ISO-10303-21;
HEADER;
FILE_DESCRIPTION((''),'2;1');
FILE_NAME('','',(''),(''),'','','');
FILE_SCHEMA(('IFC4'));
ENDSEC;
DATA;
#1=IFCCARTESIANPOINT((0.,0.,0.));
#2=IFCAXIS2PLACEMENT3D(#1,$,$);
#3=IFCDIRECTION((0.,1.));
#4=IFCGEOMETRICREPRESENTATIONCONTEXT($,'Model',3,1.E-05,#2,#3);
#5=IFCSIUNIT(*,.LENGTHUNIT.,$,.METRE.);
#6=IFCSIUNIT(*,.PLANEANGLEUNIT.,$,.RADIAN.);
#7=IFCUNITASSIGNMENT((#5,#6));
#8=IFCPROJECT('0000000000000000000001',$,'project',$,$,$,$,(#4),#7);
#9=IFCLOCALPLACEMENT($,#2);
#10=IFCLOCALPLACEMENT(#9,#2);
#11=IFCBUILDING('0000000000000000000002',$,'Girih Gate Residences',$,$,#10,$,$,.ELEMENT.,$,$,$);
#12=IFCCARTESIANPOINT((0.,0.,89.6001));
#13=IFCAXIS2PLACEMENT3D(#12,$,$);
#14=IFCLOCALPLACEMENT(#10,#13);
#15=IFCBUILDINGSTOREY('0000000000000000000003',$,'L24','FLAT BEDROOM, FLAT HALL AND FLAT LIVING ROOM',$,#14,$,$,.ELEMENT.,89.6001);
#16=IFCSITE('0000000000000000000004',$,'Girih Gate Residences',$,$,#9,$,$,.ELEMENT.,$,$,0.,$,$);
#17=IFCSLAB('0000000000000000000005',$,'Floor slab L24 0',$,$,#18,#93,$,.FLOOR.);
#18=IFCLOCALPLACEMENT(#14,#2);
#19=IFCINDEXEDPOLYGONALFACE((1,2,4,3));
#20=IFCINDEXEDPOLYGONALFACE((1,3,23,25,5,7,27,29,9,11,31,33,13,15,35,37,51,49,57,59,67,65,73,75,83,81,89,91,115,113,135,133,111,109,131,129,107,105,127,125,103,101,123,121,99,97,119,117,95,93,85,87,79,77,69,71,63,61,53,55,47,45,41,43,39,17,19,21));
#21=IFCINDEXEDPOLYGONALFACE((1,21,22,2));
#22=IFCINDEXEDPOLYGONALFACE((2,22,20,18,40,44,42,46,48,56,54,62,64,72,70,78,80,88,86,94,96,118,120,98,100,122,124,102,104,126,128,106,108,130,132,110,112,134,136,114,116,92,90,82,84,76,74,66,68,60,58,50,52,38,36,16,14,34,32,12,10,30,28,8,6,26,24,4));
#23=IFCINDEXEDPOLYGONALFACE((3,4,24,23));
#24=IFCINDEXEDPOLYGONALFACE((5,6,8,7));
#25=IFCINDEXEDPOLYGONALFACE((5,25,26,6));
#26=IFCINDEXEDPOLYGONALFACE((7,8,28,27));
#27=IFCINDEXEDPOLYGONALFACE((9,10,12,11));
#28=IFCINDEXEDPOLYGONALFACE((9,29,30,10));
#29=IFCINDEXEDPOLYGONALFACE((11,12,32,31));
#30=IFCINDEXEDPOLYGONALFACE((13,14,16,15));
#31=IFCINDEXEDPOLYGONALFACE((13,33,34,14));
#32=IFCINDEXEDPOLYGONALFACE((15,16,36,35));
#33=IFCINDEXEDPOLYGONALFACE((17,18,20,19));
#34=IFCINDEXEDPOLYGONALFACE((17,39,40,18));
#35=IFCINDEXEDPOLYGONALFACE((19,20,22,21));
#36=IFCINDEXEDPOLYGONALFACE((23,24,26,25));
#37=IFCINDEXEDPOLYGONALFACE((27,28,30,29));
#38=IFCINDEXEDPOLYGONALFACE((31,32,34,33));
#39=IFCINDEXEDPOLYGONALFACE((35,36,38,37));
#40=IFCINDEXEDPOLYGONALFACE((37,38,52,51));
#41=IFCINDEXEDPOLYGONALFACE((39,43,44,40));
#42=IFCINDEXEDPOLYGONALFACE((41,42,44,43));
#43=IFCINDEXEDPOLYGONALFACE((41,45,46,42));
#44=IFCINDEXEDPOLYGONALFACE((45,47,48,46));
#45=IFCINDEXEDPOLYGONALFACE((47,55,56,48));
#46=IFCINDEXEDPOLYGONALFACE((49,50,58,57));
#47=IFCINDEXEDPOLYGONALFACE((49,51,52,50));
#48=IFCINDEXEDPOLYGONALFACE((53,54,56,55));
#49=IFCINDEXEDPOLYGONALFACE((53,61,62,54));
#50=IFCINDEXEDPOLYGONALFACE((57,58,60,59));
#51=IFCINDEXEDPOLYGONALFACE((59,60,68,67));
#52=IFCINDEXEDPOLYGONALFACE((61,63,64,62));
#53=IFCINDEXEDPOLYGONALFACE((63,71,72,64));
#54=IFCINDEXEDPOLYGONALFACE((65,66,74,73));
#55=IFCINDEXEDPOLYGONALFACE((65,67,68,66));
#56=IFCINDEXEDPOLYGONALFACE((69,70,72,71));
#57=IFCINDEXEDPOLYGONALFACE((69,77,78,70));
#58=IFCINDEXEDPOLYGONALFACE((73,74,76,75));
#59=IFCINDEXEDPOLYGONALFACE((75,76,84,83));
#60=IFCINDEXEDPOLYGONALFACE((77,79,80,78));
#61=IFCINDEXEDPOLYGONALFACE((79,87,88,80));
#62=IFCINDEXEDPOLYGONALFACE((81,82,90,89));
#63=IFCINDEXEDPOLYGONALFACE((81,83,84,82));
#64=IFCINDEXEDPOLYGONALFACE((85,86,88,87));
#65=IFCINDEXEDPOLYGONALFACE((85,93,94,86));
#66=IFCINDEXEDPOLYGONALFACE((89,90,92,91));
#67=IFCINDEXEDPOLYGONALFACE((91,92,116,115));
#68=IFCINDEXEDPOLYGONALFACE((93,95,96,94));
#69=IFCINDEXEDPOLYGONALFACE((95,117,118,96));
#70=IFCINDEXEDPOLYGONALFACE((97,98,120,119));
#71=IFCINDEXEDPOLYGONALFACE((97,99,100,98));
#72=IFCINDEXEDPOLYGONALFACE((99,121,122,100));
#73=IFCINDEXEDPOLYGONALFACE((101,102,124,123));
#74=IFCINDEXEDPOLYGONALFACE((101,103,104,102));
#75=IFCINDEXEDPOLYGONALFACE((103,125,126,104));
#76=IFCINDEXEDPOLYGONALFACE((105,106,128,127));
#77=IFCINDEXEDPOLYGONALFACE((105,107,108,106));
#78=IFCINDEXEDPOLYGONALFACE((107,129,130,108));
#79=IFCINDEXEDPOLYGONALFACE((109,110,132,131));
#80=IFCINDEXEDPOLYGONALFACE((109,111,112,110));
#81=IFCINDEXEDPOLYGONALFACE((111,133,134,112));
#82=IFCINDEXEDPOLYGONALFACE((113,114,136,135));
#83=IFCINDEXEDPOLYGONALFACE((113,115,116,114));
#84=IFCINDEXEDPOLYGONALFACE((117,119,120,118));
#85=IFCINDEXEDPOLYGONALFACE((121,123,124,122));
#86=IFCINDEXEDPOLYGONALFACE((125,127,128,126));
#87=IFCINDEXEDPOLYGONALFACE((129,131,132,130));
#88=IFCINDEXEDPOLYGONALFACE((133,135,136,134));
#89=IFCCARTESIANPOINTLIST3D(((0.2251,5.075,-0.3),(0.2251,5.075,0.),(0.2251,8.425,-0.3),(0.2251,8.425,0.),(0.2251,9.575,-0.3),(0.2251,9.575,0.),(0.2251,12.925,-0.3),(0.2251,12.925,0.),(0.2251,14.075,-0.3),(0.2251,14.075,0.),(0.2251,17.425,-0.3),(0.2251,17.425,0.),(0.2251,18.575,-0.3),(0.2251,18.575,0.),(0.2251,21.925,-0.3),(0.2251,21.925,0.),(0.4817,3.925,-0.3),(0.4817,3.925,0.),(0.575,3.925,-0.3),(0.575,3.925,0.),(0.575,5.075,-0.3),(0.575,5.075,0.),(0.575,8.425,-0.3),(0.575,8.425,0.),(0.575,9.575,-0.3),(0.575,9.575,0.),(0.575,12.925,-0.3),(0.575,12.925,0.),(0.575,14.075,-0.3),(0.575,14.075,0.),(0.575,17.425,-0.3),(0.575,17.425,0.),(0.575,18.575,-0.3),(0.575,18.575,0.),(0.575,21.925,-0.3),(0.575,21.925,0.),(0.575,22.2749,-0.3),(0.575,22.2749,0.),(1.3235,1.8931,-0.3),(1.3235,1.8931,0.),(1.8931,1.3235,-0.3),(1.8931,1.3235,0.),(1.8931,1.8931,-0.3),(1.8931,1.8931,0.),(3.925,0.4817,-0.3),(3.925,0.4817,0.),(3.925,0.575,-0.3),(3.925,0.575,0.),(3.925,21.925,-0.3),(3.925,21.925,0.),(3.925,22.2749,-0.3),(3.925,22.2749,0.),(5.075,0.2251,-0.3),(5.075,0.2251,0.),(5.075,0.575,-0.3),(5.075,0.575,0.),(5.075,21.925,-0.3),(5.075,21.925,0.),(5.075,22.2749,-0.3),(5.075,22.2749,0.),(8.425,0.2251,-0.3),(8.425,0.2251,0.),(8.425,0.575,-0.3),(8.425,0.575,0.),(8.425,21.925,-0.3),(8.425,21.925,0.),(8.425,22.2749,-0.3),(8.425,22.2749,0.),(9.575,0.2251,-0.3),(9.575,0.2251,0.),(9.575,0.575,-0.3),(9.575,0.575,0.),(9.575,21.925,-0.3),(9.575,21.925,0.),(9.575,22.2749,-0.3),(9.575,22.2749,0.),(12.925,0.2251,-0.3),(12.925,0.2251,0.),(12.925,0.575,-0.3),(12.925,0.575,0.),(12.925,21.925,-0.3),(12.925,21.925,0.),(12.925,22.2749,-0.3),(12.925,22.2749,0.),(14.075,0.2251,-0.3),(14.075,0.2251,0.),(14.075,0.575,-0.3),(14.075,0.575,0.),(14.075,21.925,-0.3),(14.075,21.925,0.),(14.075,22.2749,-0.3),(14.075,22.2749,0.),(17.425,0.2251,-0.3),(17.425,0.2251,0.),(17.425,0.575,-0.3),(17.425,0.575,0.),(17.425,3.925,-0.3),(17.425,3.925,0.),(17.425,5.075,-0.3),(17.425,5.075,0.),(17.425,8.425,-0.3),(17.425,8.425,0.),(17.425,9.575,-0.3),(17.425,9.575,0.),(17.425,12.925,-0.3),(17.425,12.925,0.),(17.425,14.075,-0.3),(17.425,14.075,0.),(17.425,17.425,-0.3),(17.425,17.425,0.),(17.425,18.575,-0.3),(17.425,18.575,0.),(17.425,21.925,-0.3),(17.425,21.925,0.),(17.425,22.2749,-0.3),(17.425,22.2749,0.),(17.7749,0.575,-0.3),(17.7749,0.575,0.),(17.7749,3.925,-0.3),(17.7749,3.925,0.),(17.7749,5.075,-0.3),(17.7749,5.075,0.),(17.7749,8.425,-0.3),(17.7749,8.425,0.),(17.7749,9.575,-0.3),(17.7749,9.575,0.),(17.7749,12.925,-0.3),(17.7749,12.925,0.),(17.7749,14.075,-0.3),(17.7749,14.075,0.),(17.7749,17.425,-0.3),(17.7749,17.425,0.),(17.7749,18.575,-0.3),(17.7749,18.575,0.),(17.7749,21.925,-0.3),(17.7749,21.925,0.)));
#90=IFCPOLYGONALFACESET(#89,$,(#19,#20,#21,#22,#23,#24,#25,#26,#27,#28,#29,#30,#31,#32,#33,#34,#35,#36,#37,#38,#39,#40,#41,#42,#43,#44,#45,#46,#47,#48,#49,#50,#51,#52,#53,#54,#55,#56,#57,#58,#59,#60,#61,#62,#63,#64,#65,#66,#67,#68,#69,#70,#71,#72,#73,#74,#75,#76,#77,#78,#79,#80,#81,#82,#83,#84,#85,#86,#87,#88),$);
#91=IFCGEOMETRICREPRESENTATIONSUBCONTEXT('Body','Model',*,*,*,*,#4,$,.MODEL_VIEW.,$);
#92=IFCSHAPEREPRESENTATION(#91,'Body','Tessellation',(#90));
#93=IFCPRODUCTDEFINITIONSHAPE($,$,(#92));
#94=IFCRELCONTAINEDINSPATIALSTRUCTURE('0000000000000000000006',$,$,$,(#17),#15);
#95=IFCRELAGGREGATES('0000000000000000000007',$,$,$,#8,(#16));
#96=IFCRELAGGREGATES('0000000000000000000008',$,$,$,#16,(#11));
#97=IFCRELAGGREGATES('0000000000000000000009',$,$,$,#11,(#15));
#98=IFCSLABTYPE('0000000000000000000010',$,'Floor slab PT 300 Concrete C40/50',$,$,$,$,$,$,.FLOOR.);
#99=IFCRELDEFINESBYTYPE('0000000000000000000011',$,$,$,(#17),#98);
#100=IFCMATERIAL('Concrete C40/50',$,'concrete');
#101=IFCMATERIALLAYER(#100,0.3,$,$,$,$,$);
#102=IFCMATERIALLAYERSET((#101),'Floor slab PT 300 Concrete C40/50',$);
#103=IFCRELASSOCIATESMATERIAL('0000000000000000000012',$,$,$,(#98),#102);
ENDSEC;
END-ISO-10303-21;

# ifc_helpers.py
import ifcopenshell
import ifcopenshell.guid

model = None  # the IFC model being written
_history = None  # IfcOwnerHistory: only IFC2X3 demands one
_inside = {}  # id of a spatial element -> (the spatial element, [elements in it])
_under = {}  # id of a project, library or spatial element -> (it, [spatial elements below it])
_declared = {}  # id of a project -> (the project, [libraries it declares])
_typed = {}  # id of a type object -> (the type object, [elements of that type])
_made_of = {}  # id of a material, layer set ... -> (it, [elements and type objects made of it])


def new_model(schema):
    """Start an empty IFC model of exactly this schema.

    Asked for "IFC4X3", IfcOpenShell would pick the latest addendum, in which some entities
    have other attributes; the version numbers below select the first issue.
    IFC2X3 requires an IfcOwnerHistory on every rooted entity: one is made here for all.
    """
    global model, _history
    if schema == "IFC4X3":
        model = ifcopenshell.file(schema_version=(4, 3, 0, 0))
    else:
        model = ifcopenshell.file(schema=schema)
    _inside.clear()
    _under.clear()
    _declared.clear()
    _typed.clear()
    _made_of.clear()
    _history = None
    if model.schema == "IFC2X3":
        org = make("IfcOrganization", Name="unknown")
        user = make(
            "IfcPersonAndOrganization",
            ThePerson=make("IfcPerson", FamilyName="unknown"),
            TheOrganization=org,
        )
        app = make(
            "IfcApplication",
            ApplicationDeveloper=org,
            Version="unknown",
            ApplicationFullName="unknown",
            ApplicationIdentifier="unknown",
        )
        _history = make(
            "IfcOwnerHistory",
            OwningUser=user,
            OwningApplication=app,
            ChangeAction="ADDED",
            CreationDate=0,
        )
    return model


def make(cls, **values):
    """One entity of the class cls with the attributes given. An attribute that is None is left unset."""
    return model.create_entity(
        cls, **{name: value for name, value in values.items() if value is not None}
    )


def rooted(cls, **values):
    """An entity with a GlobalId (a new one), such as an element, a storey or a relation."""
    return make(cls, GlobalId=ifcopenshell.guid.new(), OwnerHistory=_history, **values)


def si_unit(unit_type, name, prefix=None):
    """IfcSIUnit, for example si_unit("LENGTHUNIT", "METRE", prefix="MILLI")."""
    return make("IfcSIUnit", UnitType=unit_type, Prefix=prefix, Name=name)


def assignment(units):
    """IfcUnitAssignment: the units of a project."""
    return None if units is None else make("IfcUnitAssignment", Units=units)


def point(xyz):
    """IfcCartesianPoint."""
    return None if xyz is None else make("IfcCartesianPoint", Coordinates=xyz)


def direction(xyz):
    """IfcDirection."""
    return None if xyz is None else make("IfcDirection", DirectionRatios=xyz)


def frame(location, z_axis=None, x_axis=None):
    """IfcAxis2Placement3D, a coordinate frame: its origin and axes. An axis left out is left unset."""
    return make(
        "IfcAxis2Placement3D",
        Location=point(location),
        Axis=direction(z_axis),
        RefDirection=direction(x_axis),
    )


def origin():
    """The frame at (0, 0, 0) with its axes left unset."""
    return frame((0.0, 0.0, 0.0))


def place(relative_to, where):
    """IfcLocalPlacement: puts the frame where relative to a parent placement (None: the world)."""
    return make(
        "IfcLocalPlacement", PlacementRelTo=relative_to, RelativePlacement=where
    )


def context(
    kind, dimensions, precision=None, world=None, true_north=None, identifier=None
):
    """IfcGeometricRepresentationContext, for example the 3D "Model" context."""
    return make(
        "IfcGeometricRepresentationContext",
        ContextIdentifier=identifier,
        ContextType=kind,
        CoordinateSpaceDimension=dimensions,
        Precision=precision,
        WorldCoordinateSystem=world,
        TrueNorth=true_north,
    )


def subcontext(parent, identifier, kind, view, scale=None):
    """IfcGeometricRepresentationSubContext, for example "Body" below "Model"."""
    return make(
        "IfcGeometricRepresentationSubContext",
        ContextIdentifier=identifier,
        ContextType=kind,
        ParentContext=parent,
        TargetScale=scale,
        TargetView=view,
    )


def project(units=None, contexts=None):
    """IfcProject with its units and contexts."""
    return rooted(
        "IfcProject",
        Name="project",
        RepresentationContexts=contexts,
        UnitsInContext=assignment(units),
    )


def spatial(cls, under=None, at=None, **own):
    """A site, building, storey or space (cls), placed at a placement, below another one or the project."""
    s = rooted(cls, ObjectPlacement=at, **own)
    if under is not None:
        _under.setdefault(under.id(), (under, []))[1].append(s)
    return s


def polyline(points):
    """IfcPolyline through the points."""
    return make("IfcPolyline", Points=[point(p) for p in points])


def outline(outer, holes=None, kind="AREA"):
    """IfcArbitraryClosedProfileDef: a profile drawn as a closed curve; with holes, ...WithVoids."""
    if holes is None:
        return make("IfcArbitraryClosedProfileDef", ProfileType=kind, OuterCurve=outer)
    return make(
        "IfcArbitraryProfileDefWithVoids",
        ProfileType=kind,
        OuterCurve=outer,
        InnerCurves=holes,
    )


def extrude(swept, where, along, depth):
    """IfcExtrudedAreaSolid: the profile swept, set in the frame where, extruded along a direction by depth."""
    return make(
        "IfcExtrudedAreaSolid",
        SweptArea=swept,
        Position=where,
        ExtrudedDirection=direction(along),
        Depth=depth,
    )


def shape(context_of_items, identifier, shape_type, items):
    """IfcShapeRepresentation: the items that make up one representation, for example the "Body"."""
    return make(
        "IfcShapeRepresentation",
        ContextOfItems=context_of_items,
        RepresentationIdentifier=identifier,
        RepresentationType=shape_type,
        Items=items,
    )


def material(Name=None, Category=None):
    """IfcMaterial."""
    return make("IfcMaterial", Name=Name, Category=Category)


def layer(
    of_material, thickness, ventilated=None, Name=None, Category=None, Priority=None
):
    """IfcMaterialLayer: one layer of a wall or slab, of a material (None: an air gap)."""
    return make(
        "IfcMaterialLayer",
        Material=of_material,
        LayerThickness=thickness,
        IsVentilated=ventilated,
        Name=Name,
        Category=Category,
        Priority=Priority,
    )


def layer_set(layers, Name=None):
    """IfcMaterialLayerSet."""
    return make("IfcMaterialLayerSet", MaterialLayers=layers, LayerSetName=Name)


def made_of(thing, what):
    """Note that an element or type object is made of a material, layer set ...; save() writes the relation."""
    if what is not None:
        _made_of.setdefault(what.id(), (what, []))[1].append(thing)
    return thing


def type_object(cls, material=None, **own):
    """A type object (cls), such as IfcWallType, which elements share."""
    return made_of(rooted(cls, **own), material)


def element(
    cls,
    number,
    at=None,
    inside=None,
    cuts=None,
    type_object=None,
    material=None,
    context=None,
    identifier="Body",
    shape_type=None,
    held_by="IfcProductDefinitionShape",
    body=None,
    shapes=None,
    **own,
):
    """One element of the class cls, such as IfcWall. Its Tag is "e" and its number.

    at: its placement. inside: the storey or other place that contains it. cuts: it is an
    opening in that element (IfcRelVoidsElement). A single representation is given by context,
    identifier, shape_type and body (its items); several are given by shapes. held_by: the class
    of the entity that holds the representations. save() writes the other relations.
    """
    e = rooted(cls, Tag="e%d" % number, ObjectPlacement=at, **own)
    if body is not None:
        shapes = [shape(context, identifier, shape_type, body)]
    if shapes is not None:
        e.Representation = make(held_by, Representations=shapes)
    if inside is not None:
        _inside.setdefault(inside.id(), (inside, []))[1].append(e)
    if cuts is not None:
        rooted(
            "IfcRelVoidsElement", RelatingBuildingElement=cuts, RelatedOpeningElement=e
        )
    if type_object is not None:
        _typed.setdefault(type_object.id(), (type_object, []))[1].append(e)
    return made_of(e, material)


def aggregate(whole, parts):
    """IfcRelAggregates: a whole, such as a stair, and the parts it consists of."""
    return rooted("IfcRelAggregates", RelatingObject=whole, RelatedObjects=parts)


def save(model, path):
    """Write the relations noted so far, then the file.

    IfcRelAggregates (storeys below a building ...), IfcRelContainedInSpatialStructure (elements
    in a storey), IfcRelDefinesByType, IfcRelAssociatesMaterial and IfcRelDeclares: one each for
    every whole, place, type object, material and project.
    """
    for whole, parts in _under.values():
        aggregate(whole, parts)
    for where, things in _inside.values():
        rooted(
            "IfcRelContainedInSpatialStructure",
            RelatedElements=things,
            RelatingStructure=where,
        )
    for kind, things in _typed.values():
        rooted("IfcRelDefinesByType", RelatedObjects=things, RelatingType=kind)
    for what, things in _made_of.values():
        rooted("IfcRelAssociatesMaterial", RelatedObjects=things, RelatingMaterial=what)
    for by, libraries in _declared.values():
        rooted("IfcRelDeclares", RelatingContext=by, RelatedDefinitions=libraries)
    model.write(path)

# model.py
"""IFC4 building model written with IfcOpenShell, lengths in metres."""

from ifc_helpers import new_model, si_unit, direction, frame, origin, place, context, subcontext, project, spatial, polyline, outline, extrude, material, layer, layer_set, type_object, element, save


model = new_model("IFC4")

# Units and contexts
model_context = context("Model", 3, precision=1e-05, world=origin(), true_north=direction((0.0, 1.0)))
body_context = subcontext(model_context, "Body", "Model", "MODEL_VIEW")
ifc_project = project(units=[si_unit("LENGTHUNIT", "METRE"), si_unit("PLANEANGLEUNIT", "RADIAN")], contexts=[model_context])

# Site, building, storey
site_placement = place(None, origin())
site = spatial("IfcSite", under=ifc_project, at=site_placement, Name="Girih Gate Residences", CompositionType="ELEMENT", RefElevation=0.0)
building_placement = place(site_placement, origin())
building = spatial("IfcBuilding", under=site, at=building_placement, Name="Girih Gate Residences", CompositionType="ELEMENT")
storey_placement = place(building_placement, frame((0.0, 0.0, 89.6001)))
storey = spatial("IfcBuildingStorey", under=building, at=storey_placement, Name="L24", Description="FLAT BEDROOM, FLAT HALL AND FLAT LIVING ROOM", CompositionType="ELEMENT", Elevation=89.6001)

# Slab
ifc_material_1 = material(Name="Concrete C40/50", Category="concrete")
ifc_layer_1 = layer(ifc_material_1, 0.3)
ifc_layer_set_1 = layer_set([ifc_layer_1], Name="Floor slab PT 300 Concrete C40/50")
slab_type_1 = type_object("IfcSlabType", Name="Floor slab PT 300 Concrete C40/50", PredefinedType="FLOOR", material=ifc_layer_set_1)
slab_1_placement = place(storey_placement, frame((0.0, 0.0, -0.3)))
element("IfcSlab", 1, at=slab_1_placement, inside=storey, type_object=slab_type_1, Name="Floor slab L24 0", PredefinedType="FLOOR", context=body_context, shape_type="SweptSolid", body=[
    extrude(outline(polyline([(0.2251, 8.425), (0.2251, 5.075), (0.575, 5.075), (0.575, 3.925), (0.4817, 3.925), (1.3235, 1.8931), (1.8931, 1.8931), (1.8931, 1.3235), (3.925, 0.4817), (3.925, 0.575), (5.075, 0.575), (5.075, 0.2251), (8.425, 0.2251), (8.425, 0.575), (9.575, 0.575), (9.575, 0.2251), (12.925, 0.2251), (12.925, 0.575), (14.075, 0.575), (14.075, 0.2251), (17.425, 0.2251), (17.425, 0.575), (17.7749, 0.575), (17.7749, 3.925), (17.425, 3.925), (17.425, 5.075), (17.7749, 5.075), (17.7749, 8.425), (17.425, 8.425), (17.425, 9.575), (17.7749, 9.575), (17.7749, 12.925), (17.425, 12.925), (17.425, 14.075), (17.7749, 14.075), (17.7749, 17.425), (17.425, 17.425), (17.425, 18.575), (17.7749, 18.575), (17.7749, 21.925), (17.425, 21.925), (17.425, 22.2749), (14.075, 22.2749), (14.075, 21.925), (12.925, 21.925), (12.925, 22.2749), (9.575, 22.2749), (9.575, 21.925), (8.425, 21.925), (8.425, 22.2749), (5.075, 22.2749), (5.075, 21.925), (3.925, 21.925), (3.925, 22.2749), (0.575, 22.2749), (0.575, 21.925), (0.2251, 21.925), (0.2251, 18.575), (0.575, 18.575), (0.575, 17.425), (0.2251, 17.425), (0.2251, 14.075), (0.575, 14.075), (0.575, 12.925), (0.2251, 12.925), (0.2251, 9.575), (0.575, 9.575), (0.575, 8.425), (0.2251, 8.425)])), origin(), (0.0, 0.0, 1.0), 0.3),
])

save(model, "model.ifc")
